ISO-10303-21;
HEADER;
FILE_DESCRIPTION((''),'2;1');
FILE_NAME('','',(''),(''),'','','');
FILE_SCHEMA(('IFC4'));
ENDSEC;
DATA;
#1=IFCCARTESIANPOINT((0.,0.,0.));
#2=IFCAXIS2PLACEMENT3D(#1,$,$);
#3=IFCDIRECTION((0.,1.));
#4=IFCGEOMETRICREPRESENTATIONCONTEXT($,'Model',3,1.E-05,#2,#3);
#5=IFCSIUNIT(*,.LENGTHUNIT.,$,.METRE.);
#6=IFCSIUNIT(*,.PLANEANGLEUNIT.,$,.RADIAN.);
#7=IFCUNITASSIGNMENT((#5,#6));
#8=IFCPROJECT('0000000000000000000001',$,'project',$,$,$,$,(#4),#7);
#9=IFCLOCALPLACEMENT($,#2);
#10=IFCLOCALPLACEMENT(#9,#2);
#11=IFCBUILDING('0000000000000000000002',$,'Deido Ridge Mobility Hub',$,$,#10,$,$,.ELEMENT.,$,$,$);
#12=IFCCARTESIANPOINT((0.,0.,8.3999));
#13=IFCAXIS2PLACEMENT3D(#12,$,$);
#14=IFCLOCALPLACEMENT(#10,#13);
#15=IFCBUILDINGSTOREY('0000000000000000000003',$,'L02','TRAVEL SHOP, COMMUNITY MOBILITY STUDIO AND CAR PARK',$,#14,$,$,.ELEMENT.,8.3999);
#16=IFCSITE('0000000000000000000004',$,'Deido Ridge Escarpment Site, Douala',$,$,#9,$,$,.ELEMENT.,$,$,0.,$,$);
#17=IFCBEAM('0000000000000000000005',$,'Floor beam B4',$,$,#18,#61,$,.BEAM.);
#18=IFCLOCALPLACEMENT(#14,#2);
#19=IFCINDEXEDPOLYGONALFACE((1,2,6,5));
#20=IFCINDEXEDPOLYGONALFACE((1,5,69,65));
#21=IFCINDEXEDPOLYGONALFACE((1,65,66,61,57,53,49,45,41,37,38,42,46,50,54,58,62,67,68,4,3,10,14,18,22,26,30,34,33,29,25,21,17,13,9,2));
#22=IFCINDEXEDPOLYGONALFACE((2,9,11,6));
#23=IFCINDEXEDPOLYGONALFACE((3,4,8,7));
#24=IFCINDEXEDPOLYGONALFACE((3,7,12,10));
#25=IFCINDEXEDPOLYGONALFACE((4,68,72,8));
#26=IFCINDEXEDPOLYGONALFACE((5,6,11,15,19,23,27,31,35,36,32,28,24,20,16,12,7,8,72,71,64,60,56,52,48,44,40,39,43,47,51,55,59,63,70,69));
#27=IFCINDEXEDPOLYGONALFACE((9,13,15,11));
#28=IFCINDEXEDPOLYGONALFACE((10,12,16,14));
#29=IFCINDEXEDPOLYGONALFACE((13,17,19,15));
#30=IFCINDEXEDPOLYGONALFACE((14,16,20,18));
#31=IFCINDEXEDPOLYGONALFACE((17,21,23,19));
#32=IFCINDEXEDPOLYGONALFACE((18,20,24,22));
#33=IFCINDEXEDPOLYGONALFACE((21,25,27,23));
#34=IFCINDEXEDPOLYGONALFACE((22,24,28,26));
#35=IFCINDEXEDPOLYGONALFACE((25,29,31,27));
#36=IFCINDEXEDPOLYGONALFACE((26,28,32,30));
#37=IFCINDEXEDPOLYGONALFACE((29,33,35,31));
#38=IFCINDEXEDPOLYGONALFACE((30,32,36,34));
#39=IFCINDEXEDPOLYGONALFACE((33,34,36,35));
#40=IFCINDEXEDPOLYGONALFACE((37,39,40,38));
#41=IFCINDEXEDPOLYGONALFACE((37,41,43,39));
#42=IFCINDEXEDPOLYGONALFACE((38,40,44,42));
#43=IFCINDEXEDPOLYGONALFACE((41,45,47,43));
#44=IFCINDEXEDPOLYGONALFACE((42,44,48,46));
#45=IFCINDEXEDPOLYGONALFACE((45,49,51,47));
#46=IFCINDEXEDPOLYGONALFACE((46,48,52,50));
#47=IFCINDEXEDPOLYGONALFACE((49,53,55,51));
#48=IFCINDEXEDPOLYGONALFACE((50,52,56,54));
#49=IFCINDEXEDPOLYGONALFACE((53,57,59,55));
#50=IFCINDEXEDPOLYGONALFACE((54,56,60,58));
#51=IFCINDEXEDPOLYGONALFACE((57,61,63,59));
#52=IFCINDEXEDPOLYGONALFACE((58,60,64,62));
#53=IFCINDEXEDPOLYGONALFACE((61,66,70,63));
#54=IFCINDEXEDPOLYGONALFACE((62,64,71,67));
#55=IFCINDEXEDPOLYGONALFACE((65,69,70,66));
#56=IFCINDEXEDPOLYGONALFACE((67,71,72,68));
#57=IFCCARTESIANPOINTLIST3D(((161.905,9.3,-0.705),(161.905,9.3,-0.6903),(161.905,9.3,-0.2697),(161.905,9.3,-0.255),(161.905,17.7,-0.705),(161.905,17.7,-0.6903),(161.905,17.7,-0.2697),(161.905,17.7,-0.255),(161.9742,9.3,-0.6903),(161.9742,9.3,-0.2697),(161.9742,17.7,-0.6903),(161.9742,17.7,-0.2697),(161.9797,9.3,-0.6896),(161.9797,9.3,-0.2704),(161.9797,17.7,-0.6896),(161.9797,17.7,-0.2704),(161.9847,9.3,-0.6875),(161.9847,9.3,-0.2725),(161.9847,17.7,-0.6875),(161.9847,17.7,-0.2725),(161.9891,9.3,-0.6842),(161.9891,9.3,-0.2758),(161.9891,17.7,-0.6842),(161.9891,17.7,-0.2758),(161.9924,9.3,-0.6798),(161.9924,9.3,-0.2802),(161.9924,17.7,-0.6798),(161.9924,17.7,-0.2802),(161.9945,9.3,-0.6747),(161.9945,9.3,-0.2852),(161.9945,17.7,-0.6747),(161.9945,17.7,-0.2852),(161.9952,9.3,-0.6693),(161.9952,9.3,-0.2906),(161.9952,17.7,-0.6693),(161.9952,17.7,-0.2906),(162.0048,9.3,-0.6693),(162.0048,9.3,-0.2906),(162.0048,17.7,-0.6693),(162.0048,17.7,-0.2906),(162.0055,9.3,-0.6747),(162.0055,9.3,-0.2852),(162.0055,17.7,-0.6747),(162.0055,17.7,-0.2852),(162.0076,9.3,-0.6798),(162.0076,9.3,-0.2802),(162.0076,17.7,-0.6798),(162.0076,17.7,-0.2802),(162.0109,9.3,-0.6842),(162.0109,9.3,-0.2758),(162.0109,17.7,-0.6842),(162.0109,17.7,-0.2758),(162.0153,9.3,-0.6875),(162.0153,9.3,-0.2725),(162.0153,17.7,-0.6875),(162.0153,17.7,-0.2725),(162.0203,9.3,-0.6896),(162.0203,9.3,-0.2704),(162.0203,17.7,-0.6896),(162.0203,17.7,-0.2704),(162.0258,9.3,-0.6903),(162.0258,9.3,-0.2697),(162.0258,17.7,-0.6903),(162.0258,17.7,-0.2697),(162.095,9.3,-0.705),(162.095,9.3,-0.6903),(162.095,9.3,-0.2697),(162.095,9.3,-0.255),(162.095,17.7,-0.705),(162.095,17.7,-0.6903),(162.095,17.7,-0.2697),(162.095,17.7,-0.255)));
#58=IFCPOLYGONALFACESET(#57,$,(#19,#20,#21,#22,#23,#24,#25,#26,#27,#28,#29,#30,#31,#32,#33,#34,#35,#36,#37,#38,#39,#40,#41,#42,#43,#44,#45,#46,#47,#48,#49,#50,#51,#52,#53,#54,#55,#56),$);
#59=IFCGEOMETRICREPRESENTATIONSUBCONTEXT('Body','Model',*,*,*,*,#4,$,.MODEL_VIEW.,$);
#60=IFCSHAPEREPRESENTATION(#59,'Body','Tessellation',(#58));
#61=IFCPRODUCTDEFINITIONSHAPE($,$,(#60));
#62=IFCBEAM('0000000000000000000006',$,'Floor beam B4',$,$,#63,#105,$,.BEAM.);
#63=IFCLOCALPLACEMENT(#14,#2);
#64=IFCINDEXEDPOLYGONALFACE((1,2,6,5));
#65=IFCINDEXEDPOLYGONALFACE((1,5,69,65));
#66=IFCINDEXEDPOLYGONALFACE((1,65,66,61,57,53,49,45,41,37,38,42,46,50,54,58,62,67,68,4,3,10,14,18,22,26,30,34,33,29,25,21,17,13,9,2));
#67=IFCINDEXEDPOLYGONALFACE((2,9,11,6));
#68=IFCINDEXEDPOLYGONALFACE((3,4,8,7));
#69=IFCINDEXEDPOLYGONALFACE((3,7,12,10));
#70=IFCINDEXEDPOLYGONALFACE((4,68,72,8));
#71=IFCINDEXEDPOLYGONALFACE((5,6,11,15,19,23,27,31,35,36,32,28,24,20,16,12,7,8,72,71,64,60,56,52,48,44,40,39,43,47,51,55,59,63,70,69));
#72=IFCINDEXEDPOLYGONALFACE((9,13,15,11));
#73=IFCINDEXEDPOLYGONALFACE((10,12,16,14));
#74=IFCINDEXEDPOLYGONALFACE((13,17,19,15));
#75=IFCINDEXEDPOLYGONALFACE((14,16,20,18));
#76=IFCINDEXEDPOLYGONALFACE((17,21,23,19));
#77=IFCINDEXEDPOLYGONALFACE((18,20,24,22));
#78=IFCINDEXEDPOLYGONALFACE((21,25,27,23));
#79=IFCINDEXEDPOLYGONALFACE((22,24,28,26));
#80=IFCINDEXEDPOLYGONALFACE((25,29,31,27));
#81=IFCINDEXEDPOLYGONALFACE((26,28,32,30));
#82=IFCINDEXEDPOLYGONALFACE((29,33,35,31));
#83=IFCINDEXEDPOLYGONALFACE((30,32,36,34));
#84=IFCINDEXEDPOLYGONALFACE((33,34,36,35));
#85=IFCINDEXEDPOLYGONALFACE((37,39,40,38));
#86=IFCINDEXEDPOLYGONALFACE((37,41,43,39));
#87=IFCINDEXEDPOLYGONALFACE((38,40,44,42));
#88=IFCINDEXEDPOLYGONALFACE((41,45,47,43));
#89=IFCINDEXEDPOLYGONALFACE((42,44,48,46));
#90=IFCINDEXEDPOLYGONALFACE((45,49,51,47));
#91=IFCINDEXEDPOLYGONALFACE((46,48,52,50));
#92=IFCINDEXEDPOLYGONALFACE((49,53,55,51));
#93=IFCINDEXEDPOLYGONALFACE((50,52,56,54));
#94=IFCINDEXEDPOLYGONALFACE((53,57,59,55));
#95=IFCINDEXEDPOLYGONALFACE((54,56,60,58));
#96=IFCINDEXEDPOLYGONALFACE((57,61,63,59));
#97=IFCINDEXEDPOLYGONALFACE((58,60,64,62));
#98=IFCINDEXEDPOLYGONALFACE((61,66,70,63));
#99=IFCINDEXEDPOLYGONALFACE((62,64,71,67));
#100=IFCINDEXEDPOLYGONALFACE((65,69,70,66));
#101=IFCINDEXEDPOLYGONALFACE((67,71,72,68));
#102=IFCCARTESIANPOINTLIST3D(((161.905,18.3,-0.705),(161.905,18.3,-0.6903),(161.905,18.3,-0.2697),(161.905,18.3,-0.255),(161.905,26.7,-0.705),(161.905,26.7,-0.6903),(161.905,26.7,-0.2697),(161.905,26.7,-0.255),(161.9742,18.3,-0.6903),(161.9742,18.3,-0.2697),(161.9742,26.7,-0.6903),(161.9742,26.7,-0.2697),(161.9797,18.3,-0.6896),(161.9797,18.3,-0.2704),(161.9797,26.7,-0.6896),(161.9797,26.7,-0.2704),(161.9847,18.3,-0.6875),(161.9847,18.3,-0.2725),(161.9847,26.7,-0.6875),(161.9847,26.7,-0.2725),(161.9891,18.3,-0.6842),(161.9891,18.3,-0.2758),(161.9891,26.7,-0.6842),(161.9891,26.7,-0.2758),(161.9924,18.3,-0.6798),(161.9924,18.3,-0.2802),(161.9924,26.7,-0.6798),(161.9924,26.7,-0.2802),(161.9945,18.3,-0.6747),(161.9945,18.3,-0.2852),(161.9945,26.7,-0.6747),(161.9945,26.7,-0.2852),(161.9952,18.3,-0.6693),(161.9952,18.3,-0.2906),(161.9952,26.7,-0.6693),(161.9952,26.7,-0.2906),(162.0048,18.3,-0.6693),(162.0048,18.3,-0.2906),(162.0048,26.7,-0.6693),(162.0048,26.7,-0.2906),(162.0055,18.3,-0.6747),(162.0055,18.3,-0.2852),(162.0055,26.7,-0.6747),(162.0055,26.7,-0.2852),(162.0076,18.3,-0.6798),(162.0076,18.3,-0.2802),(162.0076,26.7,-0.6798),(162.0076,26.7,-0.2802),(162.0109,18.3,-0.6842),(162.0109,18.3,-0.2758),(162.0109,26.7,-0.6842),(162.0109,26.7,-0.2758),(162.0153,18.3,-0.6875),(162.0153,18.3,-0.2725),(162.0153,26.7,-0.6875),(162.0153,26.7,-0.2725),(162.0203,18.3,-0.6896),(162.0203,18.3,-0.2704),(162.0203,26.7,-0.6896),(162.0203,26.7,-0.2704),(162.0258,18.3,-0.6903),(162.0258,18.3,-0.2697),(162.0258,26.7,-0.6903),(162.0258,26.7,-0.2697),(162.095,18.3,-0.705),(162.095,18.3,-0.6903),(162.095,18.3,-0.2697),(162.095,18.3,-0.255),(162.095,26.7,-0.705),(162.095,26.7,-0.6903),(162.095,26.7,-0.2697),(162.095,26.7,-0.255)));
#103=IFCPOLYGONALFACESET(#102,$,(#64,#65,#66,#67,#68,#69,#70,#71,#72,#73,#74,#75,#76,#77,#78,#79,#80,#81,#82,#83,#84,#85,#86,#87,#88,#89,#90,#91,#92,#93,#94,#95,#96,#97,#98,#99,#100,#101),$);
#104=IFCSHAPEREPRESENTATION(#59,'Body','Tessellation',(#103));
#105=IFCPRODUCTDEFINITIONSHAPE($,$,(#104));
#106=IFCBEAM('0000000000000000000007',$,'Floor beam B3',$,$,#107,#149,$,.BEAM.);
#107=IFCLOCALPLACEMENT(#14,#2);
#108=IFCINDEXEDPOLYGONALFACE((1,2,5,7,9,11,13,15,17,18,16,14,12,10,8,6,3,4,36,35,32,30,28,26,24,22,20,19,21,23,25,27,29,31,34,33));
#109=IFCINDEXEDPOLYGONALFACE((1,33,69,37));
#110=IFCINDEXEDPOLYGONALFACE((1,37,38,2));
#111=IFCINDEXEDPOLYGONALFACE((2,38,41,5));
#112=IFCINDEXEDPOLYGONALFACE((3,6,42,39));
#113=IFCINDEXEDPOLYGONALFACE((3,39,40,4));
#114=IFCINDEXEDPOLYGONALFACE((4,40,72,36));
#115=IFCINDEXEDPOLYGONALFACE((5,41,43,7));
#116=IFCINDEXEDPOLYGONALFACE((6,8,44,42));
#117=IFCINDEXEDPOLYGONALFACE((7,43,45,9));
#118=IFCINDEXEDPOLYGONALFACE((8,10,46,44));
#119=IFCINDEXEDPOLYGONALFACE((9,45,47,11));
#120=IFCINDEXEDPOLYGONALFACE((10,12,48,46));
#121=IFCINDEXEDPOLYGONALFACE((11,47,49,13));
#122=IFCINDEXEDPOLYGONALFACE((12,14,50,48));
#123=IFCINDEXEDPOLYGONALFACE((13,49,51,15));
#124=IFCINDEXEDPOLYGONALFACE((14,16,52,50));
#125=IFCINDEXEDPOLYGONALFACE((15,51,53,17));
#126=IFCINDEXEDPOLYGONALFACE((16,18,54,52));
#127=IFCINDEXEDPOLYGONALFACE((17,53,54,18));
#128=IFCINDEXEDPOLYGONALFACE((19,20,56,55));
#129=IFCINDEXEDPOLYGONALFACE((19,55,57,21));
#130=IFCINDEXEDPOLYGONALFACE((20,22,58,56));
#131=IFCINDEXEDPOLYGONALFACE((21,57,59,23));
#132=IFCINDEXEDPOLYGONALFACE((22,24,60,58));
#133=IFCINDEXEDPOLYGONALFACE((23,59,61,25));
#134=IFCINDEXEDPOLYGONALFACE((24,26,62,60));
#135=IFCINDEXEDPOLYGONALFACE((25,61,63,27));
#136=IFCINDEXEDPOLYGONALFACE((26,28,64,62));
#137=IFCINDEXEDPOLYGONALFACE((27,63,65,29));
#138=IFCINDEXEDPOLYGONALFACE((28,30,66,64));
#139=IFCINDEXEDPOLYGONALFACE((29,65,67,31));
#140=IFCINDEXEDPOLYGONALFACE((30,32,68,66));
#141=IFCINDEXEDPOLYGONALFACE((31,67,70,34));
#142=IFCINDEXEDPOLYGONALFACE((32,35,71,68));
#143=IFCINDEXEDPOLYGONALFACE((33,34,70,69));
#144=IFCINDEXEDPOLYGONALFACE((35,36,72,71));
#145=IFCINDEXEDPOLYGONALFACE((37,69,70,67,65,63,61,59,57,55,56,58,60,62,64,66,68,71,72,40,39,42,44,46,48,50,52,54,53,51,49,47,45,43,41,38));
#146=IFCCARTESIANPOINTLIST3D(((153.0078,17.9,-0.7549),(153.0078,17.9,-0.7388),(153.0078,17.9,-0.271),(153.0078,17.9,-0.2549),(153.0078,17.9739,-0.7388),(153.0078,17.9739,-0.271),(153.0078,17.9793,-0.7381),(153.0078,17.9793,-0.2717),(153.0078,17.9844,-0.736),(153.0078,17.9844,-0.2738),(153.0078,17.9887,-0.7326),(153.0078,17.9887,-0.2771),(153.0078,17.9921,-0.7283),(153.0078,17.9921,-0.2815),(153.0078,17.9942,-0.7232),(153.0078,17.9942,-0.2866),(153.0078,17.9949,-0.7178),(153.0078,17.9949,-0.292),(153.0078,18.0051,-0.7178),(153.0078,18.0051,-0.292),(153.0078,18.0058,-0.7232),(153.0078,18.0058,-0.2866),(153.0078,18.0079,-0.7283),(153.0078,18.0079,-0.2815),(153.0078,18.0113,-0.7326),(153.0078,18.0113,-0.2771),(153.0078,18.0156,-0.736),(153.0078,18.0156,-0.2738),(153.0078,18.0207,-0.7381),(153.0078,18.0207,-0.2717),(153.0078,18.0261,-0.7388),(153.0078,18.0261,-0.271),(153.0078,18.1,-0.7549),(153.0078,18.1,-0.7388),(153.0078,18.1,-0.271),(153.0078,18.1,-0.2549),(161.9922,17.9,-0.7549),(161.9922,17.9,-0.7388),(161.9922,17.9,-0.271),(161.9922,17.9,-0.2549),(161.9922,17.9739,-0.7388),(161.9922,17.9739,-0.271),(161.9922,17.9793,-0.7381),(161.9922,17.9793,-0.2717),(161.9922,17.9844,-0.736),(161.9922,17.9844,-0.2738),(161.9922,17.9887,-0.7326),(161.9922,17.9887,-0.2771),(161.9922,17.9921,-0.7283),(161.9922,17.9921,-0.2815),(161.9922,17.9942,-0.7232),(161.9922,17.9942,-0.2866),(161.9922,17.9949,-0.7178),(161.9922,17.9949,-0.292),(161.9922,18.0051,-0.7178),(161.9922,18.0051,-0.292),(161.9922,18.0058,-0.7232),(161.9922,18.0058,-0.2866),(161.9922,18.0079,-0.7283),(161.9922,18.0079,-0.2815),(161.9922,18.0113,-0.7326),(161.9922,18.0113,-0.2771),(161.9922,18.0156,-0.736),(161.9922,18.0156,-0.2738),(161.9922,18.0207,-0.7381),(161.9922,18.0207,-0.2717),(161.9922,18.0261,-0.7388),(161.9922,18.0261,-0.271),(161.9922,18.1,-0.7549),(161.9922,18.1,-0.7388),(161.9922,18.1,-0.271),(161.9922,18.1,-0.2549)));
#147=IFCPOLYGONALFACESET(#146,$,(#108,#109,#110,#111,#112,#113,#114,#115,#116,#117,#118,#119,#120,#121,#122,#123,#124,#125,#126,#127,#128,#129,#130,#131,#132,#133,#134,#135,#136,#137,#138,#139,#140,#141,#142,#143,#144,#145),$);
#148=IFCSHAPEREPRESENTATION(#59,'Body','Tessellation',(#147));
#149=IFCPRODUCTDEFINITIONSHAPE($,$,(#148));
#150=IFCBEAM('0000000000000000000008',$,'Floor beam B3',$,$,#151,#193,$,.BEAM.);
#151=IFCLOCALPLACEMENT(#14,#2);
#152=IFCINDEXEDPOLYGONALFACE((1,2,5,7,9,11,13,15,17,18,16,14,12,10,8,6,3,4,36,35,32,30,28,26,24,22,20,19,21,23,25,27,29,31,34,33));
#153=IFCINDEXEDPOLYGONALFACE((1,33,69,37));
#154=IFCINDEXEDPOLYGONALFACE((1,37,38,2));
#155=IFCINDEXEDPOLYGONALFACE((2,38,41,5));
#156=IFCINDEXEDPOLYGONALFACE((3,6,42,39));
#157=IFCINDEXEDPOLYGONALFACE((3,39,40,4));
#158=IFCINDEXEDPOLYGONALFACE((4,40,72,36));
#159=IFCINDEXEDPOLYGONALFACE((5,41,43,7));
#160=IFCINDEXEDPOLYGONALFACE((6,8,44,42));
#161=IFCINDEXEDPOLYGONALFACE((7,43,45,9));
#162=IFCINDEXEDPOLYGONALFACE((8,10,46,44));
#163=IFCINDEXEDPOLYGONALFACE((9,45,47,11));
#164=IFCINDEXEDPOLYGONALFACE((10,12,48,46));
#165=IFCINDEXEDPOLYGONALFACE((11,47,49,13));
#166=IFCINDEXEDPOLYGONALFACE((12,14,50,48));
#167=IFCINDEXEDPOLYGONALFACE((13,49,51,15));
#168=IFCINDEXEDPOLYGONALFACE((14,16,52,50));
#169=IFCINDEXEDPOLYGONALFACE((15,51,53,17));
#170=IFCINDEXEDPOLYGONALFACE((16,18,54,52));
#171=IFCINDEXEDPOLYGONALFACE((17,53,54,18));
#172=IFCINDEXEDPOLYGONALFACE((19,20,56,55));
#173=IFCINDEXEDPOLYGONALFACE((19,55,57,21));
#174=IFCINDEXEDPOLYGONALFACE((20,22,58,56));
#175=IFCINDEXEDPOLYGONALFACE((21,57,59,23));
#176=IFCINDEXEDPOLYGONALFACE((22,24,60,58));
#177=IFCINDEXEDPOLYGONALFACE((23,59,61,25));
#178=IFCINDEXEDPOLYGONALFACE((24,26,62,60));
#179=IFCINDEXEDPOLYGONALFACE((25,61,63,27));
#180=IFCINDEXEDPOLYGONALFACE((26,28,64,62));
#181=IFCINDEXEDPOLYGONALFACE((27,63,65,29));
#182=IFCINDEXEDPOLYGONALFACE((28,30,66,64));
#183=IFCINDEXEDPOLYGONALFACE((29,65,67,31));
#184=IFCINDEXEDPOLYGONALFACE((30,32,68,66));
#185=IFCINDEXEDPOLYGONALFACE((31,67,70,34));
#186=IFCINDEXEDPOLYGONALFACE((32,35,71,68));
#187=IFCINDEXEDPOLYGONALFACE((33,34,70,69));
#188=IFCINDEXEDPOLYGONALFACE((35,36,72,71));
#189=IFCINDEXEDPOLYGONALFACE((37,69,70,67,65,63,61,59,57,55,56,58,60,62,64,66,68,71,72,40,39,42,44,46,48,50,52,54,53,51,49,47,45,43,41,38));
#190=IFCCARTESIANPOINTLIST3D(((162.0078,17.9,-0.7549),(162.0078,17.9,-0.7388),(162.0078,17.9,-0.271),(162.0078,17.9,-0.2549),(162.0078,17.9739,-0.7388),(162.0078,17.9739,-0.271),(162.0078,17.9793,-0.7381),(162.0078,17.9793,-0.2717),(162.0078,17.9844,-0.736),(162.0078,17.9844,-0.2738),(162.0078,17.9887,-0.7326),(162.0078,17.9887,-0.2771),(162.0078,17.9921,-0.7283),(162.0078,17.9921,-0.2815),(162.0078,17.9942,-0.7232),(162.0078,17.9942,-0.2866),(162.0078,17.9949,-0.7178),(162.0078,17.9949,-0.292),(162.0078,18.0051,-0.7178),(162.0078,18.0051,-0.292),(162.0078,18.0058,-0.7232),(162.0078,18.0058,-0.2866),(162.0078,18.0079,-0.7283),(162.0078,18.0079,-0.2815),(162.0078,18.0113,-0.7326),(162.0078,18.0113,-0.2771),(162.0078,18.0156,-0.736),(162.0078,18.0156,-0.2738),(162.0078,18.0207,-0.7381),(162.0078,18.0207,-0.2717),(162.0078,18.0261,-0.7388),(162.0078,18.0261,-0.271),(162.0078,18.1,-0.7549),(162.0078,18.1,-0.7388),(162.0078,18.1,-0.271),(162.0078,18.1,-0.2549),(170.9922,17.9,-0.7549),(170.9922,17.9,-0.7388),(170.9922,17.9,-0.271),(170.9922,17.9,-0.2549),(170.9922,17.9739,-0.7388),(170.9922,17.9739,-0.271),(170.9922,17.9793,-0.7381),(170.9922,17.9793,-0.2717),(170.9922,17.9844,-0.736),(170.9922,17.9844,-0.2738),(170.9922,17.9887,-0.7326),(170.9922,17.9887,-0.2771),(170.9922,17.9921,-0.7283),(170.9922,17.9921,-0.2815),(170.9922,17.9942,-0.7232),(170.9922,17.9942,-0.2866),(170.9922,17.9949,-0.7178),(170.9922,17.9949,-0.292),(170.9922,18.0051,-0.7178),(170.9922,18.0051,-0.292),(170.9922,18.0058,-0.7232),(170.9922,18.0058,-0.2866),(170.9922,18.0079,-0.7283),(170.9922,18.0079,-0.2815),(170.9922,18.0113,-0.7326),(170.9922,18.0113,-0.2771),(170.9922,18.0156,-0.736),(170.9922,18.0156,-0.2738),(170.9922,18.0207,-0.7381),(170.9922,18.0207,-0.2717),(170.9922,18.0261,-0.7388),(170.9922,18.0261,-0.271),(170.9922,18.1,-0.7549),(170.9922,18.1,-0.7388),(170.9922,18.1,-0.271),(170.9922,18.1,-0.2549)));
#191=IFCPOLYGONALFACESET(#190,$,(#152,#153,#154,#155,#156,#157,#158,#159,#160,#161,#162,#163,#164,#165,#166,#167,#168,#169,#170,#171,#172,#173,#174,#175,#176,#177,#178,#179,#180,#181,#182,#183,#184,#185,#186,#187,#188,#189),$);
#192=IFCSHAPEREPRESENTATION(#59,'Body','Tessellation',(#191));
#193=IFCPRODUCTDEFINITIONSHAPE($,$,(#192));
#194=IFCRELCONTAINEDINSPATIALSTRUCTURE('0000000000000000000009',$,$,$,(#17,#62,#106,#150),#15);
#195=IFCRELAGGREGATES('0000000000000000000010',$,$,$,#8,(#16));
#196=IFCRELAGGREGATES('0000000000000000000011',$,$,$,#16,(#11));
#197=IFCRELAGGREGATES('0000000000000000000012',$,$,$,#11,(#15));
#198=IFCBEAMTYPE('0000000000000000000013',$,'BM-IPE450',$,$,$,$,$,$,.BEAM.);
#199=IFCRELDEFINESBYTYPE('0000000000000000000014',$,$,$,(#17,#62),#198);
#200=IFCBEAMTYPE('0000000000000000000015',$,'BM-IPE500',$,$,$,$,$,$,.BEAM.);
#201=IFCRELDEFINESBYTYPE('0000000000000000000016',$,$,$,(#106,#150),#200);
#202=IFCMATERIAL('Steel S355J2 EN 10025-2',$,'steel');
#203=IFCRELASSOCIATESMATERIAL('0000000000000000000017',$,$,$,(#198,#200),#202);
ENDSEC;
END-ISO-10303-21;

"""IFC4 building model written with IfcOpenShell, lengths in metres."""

from ifc_helpers import new_model, si_unit, direction, frame, origin, origin_2d, place, context, subcontext, project, spatial, i_section, extrude, material, material_profile, profile_set, type_object, element, save


model = new_model("IFC4")

# Units and contexts
model_context = context("Model", 3, precision=1e-05, world=origin(), true_north=direction((0.0, 1.0)))
body_context = subcontext(model_context, "Body", "Model", "MODEL_VIEW")
ifc_project = project(units=[si_unit("LENGTHUNIT", "METRE"), si_unit("PLANEANGLEUNIT", "RADIAN")], contexts=[model_context])

# Site, building, storey
site_placement = place(None, origin())
site = spatial("IfcSite", under=ifc_project, at=site_placement, Name="Deido Ridge Escarpment Site, Douala", CompositionType="ELEMENT", RefElevation=0.0)
building_placement = place(site_placement, origin())
building = spatial("IfcBuilding", under=site, at=building_placement, Name="Deido Ridge Mobility Hub", CompositionType="ELEMENT")
storey_placement = place(building_placement, frame((0.0, 0.0, 8.3999)))
storey = spatial("IfcBuildingStorey", under=building, at=storey_placement, Name="L02", Description="TRAVEL SHOP, COMMUNITY MOBILITY STUDIO AND CAR PARK", CompositionType="ELEMENT", Elevation=8.3999)

# Shared definitions
ifc_material_1 = material(Name="Steel S355J2 EN 10025-2", Category="steel")

# Beams
ifc_material_profile_1 = material_profile(ifc_material_1, i_section(OverallWidth=0.1899, OverallDepth=0.45, WebThickness=0.0095, FlangeThickness=0.0146, FilletRadius=0.021, at=origin_2d()), Name="IPE 450")
ifc_profile_set_1 = profile_set([ifc_material_profile_1], Name="Steel S355J2 EN 10025-2")
beam_type_1 = type_object("IfcBeamType", Name="BM-IPE450", PredefinedType="BEAM", material=ifc_profile_set_1)
for number, where, z_axis, x_axis, name in (
    (1, (162.0, 9.3, -0.48), (0.0, 1.0, 0.0), (-1.0, 0.0, 0.0), "Floor beam B4"),
    (2, (162.0, 18.3, -0.48), (0.0, 1.0, 0.0), (-1.0, 0.0, 0.0), "Floor beam B4"),
):
    element("IfcBeam", number, at=place(storey_placement, frame(where, z_axis=z_axis, x_axis=x_axis)), inside=storey, type_object=beam_type_1, Name=name, PredefinedType="BEAM", context=body_context, shape_type="SweptSolid", body=[
        extrude(i_section(OverallWidth=0.1899, OverallDepth=0.45, WebThickness=0.0095, FlangeThickness=0.0146, FilletRadius=0.021, at=origin_2d()), origin(), (0.0, 0.0, 1.0), 8.3999),
    ])
ifc_material_profile_2 = material_profile(ifc_material_1, i_section(OverallWidth=0.2, OverallDepth=0.5, WebThickness=0.0103, FlangeThickness=0.0161, FilletRadius=0.021, at=origin_2d()), Name="IPE 500")
ifc_profile_set_2 = profile_set([ifc_material_profile_2], Name="Steel S355J2 EN 10025-2")
beam_type_2 = type_object("IfcBeamType", Name="BM-IPE500", PredefinedType="BEAM", material=ifc_profile_set_2)
for number, where, z_axis, x_axis, name in (
    (3, (153.0078, 18.0, -0.5049), (1.0, 0.0, 0.0), (0.0, 1.0, 0.0), "Floor beam B3"),
    (4, (162.0078, 18.0, -0.5049), (1.0, 0.0, 0.0), (0.0, 1.0, 0.0), "Floor beam B3"),
):
    element("IfcBeam", number, at=place(storey_placement, frame(where, z_axis=z_axis, x_axis=x_axis)), inside=storey, type_object=beam_type_2, Name=name, PredefinedType="BEAM", context=body_context, shape_type="SweptSolid", body=[
        extrude(i_section(OverallWidth=0.2, OverallDepth=0.5, WebThickness=0.0103, FlangeThickness=0.0161, FilletRadius=0.021, at=origin_2d()), origin(), (0.0, 0.0, 1.0), 8.9844),
    ])

save(model, "model.ifc")
